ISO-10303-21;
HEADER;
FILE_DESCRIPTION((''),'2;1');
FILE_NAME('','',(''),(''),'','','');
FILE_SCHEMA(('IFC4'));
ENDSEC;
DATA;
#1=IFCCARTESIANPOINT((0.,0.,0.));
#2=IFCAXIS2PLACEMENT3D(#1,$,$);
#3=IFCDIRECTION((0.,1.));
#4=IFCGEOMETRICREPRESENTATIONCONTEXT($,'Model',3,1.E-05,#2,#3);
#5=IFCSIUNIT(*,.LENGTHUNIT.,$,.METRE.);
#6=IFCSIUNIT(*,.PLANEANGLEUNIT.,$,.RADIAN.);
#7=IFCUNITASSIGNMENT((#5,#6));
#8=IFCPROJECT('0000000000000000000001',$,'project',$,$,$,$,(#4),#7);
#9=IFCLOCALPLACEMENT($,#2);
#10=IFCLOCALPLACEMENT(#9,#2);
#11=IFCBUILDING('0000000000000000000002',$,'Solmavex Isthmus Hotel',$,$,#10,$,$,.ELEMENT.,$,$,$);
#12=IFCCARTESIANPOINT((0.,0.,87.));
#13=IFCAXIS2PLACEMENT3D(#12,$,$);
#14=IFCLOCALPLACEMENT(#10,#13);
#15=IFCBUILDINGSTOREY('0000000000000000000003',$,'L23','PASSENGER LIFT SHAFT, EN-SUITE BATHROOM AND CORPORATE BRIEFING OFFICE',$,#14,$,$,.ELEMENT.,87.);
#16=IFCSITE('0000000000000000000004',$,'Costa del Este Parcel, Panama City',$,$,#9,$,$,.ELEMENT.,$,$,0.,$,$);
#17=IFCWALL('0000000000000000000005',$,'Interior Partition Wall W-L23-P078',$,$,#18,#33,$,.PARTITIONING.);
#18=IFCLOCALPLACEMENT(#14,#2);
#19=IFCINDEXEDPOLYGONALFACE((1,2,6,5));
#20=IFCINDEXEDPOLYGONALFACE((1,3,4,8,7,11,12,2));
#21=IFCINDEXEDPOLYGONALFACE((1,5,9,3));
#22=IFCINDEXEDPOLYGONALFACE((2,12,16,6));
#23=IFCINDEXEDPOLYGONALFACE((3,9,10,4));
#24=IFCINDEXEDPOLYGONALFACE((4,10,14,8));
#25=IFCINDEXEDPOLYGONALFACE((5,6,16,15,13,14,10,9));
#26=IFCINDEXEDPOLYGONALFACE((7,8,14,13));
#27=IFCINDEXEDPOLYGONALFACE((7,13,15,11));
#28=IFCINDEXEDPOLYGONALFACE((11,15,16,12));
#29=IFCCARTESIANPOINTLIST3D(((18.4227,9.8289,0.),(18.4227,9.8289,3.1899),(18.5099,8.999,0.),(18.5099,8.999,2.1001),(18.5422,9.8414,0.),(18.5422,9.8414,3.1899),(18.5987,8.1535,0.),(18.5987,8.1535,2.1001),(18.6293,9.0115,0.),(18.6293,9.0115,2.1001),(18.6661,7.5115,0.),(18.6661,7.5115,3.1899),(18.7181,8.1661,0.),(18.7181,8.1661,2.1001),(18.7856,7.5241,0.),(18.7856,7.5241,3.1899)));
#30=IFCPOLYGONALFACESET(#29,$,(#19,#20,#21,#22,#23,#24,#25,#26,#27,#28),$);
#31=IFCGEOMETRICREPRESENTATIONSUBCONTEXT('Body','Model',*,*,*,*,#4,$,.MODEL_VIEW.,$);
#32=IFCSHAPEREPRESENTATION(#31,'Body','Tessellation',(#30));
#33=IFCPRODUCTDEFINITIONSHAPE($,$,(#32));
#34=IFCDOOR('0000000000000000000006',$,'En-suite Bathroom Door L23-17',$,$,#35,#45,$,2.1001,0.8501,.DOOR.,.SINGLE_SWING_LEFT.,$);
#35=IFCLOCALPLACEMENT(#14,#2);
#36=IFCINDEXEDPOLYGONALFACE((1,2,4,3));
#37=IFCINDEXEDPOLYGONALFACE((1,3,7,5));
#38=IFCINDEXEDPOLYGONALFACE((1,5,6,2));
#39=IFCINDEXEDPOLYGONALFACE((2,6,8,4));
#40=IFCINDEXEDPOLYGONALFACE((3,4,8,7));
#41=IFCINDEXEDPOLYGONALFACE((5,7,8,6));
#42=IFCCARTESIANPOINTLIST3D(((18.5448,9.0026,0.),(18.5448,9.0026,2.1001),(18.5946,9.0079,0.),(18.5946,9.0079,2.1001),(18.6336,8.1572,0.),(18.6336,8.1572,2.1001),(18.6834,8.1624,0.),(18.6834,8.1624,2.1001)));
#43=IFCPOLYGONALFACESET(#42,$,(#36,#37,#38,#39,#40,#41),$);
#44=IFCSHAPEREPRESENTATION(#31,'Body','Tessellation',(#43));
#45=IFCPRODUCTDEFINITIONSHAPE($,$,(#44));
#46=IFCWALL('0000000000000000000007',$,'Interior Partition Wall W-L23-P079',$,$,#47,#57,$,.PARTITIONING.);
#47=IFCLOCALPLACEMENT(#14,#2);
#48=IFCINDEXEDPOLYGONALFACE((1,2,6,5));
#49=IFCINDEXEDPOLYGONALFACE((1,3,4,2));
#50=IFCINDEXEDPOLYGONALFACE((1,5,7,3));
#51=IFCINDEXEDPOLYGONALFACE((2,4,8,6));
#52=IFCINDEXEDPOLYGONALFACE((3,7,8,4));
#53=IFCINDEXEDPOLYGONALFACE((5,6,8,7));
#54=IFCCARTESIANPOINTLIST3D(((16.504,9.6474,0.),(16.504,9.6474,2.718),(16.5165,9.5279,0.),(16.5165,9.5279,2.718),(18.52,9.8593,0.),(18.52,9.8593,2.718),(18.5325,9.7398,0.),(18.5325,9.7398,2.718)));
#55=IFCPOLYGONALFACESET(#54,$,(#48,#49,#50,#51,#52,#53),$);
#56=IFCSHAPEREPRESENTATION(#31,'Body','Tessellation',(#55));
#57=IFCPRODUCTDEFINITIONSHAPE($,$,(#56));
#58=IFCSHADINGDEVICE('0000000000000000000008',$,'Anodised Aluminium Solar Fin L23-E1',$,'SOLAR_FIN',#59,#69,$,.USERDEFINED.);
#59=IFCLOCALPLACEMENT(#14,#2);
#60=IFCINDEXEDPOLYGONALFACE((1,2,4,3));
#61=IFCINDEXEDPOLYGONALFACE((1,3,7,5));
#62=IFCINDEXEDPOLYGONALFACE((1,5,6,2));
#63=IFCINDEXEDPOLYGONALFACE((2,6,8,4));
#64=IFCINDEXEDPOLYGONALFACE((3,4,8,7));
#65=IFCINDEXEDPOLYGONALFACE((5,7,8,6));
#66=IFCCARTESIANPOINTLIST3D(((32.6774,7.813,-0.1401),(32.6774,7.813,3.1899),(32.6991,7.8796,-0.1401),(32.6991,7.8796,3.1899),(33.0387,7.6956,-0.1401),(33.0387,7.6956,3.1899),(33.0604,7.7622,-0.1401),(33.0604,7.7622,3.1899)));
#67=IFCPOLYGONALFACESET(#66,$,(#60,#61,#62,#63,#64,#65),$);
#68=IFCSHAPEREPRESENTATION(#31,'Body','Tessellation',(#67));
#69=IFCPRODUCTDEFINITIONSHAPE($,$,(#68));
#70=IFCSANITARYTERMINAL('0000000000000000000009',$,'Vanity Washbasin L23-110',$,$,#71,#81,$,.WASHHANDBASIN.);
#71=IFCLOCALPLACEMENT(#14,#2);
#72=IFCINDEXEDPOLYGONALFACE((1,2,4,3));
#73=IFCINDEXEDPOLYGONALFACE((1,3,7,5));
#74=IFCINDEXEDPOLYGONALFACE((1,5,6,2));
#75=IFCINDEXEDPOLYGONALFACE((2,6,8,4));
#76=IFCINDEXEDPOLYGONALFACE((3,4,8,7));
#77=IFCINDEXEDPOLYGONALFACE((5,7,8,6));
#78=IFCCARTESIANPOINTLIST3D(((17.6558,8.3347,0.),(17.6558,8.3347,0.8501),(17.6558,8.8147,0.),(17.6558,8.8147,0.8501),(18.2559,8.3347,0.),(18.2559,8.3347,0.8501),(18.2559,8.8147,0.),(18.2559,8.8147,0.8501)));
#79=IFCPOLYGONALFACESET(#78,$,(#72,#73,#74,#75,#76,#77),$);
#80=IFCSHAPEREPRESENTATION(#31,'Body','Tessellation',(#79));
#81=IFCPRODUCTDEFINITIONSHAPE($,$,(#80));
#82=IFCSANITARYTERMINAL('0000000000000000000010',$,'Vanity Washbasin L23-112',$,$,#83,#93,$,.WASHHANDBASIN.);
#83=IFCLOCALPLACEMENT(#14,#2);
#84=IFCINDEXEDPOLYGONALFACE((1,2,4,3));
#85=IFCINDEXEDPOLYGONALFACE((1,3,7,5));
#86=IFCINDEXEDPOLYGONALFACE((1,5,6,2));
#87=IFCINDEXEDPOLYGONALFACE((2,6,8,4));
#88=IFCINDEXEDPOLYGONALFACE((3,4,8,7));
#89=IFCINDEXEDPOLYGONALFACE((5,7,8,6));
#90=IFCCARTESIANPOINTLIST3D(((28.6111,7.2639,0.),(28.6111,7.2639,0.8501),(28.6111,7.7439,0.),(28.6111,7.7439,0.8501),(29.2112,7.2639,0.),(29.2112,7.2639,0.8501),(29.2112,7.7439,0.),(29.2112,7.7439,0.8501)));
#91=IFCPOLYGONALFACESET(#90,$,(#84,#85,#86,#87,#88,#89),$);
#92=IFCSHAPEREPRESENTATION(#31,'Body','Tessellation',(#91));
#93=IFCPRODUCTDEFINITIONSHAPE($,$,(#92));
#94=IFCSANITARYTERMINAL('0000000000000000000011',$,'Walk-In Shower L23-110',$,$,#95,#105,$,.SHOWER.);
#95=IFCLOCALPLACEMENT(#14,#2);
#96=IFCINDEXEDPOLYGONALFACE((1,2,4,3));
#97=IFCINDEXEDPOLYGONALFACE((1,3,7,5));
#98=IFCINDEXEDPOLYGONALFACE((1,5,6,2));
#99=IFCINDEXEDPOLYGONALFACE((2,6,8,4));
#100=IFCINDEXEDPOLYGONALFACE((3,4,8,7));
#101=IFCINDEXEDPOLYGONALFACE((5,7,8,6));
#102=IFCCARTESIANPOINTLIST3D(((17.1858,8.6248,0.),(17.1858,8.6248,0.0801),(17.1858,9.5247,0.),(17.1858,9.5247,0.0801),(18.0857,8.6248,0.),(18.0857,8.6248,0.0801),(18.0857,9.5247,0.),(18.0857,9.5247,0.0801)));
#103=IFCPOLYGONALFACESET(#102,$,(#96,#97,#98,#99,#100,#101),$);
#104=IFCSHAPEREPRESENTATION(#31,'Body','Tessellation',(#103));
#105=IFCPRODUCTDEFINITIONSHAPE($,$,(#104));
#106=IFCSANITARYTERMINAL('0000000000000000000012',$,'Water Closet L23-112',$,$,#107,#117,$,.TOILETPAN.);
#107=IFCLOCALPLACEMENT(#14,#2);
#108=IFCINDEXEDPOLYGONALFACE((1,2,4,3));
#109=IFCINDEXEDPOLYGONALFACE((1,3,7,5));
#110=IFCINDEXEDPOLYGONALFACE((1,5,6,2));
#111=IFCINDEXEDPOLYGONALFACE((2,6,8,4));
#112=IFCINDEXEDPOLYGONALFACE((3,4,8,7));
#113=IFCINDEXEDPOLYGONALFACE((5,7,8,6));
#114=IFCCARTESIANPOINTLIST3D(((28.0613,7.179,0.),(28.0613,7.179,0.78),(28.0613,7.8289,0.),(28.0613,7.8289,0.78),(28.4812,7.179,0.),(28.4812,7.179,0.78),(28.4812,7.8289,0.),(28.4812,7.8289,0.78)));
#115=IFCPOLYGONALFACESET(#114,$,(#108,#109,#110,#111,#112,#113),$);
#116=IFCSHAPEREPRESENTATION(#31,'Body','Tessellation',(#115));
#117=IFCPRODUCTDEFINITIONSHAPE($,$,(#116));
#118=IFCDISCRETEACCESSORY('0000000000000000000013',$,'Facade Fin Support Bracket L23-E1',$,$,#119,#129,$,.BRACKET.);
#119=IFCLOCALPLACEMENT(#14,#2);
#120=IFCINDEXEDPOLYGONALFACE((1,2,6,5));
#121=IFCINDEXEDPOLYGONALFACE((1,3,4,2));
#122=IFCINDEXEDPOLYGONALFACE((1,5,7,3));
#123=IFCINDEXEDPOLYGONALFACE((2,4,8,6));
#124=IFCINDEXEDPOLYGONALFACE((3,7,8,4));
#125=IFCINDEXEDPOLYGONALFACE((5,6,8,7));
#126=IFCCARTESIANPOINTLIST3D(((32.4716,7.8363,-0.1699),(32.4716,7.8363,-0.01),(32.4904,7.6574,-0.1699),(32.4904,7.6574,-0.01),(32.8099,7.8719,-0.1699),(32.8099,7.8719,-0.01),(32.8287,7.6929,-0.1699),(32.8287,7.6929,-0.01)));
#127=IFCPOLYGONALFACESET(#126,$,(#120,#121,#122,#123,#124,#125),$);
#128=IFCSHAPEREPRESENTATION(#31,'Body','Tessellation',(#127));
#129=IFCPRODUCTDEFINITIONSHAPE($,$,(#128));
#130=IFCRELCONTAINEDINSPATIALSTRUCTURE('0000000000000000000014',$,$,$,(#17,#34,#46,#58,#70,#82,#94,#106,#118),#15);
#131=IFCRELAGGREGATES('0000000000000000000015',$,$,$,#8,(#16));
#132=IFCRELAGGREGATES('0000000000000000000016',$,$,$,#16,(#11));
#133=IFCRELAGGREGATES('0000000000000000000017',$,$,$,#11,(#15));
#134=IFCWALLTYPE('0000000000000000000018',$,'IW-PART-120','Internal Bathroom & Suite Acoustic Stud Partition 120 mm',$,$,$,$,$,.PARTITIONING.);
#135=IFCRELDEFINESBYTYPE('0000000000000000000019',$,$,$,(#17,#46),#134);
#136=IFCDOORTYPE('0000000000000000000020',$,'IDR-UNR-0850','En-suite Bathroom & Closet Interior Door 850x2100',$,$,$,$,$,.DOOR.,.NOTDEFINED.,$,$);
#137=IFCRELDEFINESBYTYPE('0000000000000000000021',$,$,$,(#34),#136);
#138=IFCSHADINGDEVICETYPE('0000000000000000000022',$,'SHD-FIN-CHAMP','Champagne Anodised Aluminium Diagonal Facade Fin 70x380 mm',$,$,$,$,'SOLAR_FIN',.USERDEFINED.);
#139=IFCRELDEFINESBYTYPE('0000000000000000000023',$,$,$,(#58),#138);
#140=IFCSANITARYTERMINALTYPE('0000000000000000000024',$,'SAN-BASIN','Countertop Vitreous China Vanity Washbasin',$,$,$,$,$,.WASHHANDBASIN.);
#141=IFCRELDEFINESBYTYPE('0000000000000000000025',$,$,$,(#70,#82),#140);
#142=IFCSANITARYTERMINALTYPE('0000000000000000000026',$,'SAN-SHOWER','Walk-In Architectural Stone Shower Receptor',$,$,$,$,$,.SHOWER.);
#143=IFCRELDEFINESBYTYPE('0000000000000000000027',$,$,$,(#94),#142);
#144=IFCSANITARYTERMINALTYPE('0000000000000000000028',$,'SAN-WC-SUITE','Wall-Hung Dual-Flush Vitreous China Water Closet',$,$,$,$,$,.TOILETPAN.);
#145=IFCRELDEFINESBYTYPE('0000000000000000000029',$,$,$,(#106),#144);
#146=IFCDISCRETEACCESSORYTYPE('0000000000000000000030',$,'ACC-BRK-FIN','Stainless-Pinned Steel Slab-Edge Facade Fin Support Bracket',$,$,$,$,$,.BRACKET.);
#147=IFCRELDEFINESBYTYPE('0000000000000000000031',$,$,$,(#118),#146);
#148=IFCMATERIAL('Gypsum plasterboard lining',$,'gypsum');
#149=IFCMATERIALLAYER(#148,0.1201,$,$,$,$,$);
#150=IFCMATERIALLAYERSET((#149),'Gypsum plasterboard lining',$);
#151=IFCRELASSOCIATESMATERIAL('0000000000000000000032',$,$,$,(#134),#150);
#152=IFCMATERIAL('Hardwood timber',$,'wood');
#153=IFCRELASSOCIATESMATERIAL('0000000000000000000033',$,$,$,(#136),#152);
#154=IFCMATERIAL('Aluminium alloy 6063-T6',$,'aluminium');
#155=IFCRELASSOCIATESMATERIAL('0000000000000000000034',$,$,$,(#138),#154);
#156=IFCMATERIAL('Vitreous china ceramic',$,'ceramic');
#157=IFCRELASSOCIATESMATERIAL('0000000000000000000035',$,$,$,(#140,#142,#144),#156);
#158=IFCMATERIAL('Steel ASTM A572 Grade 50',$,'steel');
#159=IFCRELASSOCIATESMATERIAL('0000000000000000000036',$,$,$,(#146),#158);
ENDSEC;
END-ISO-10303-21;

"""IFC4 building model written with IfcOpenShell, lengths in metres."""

from ifc_helpers import new_model, si_unit, direction, frame, frame_2d, origin, origin_2d, place, context, subcontext, project, spatial, rectangle, extrude, material, layer, layer_set, type_object, element, fill, save


model = new_model("IFC4")

# Units and contexts
model_context = context("Model", 3, precision=1e-05, world=origin(), true_north=direction((0.0, 1.0)))
body_context = subcontext(model_context, "Body", "Model", "MODEL_VIEW")
ifc_project = project(units=[si_unit("LENGTHUNIT", "METRE"), si_unit("PLANEANGLEUNIT", "RADIAN")], contexts=[model_context])

# Site, building, storey
site_placement = place(None, origin())
site = spatial("IfcSite", under=ifc_project, at=site_placement, Name="Costa del Este Parcel, Panama City", CompositionType="ELEMENT", RefElevation=0.0)
building_placement = place(site_placement, origin())
building = spatial("IfcBuilding", under=site, at=building_placement, Name="Solmavex Isthmus Hotel", CompositionType="ELEMENT")
storey_placement = place(building_placement, frame((0.0, 0.0, 87.0)))
storey = spatial("IfcBuildingStorey", under=building, at=storey_placement, Name="L23", Description="PASSENGER LIFT SHAFT, EN-SUITE BATHROOM AND CORPORATE BRIEFING OFFICE", CompositionType="ELEMENT", Elevation=87.0)

# Shared definitions
ifc_material_1 = material(Name="Aluminium alloy 6063-T6", Category="aluminium")

# Shared definitions
ifc_material_2 = material(Name="Gypsum plasterboard lining", Category="gypsum")

# Wall, opening, door
ifc_material_3 = material(Name="Hardwood timber", Category="wood")
ifc_layer_1 = layer(ifc_material_2, 0.1201)
ifc_layer_set_1 = layer_set([ifc_layer_1], Name="Gypsum plasterboard lining")
wall_type_1 = type_object("IfcWallType", Name="IW-PART-120", Description="Internal Bathroom & Suite Acoustic Stud Partition 120 mm", PredefinedType="PARTITIONING", material=ifc_layer_set_1)
wall_1_placement = place(storey_placement, frame((18.7258, 7.5178, 0.0), z_axis=(0.0, 0.0, 1.0), x_axis=(-0.104461, 0.994529, 0.0)))
wall_1 = element("IfcWall", 1, at=wall_1_placement, inside=storey, type_object=wall_type_1, Name="Interior Partition Wall W-L23-P078", PredefinedType="PARTITIONING", context=body_context, shape_type="SweptSolid", body=[
    extrude(rectangle(XDim=2.3301, YDim=0.1201, at=frame_2d((1.165, 0.0))), origin(), (0.0, 0.0, 1.0), 3.1899),
])
opening_1_placement = place(wall_1_placement, frame((0.6455, 0.0, 0.0)))
opening_1 = element("IfcOpeningElement", 2, at=opening_1_placement, cuts=wall_1, PredefinedType="OPENING", context=body_context, shape_type="SweptSolid", body=[
    extrude(rectangle(XDim=0.8501, YDim=2.1001, at=frame_2d((0.425, 1.05))), frame((0.0, 0.0701, 0.0), z_axis=(0.0, -1.0, 0.0), x_axis=(1.0, 0.0, 0.0)), (0.0, 0.0, 1.0), 0.1401),
])
door_type_1 = type_object("IfcDoorType", Name="IDR-UNR-0850", Description="En-suite Bathroom & Closet Interior Door 850x2100", OperationType="NOTDEFINED", PredefinedType="DOOR", material=ifc_material_3)
door_1_placement = place(opening_1_placement, origin())
door_1 = element("IfcDoor", 3, at=door_1_placement, inside=storey, type_object=door_type_1, Name="En-suite Bathroom Door L23-17", OperationType="SINGLE_SWING_LEFT", OverallHeight=2.1001, OverallWidth=0.8501, PredefinedType="DOOR", context=body_context, shape_type="SweptSolid", body=[
    extrude(rectangle(XDim=0.8501, YDim=2.1001, at=frame_2d((0.425, 1.05))), frame((0.0, 0.0249, 0.0), z_axis=(0.0, -1.0, 0.0), x_axis=(1.0, 0.0, 0.0)), (0.0, 0.0, 1.0), 0.05),
])
fill(opening_1, door_1)

# Wall
wall_2_placement = place(storey_placement, frame((18.5264, 9.7996, 0.0), z_axis=(0.0, 0.0, 1.0), x_axis=(-0.994521, -0.104534, 0.0)))
element("IfcWall", 4, at=wall_2_placement, inside=storey, type_object=wall_type_1, Name="Interior Partition Wall W-L23-P079", PredefinedType="PARTITIONING", context=body_context, shape_type="SweptSolid", body=[
    extrude(rectangle(XDim=2.0271, YDim=0.1201, at=frame_2d((1.0137, 0.0))), origin(), (0.0, 0.0, 1.0), 2.718),
])

# Shading device
shading_device_type = type_object("IfcShadingDeviceType", Name="SHD-FIN-CHAMP", Description="Champagne Anodised Aluminium Diagonal Facade Fin 70x380 mm", ElementType="SOLAR_FIN", PredefinedType="USERDEFINED", material=ifc_material_1)
shading_device_placement = place(storey_placement, frame((32.8689, 7.7876, -0.1401), z_axis=(0.0, 0.0, 1.0), x_axis=(0.951057, -0.309017, 0.0)))
element("IfcShadingDevice", 5, at=shading_device_placement, inside=storey, type_object=shading_device_type, Name="Anodised Aluminium Solar Fin L23-E1", ObjectType="SOLAR_FIN", PredefinedType="USERDEFINED", context=body_context, shape_type="SweptSolid", body=[
    extrude(rectangle(XDim=0.3799, YDim=0.0701, at=origin_2d()), origin(), (0.0, 0.0, 1.0), 3.3301),
])

# Sanitary terminals
ifc_material_4 = material(Name="Vitreous china ceramic", Category="ceramic")
sanitary_terminal_type_1 = type_object("IfcSanitaryTerminalType", Name="SAN-BASIN", Description="Countertop Vitreous China Vanity Washbasin", PredefinedType="WASHHANDBASIN", material=ifc_material_4)
for number, where, z_axis, x_axis, name in (
    (6, (17.9558, 8.5747, 0.0), (0.0, 0.0, 1.0), (1.0, 0.0, 0.0), "Vanity Washbasin L23-110"),
    (7, (28.9111, 7.5039, 0.0), (0.0, 0.0, 1.0), (1.0, 0.0, 0.0), "Vanity Washbasin L23-112"),
):
    element("IfcSanitaryTerminal", number, at=place(storey_placement, frame(where, z_axis=z_axis, x_axis=x_axis)), inside=storey, type_object=sanitary_terminal_type_1, Name=name, PredefinedType="WASHHANDBASIN", context=body_context, shape_type="SweptSolid", body=[
        extrude(rectangle(XDim=0.6001, YDim=0.48, at=origin_2d()), origin(), (0.0, 0.0, 1.0), 0.8501),
    ])
sanitary_terminal_type_2 = type_object("IfcSanitaryTerminalType", Name="SAN-SHOWER", Description="Walk-In Architectural Stone Shower Receptor", PredefinedType="SHOWER", material=ifc_material_4)
sanitary_terminal_1_placement = place(storey_placement, frame((17.6357, 9.0747, 0.0), z_axis=(0.0, 0.0, 1.0), x_axis=(1.0, 0.0, 0.0)))
element("IfcSanitaryTerminal", 8, at=sanitary_terminal_1_placement, inside=storey, type_object=sanitary_terminal_type_2, Name="Walk-In Shower L23-110", PredefinedType="SHOWER", context=body_context, shape_type="SweptSolid", body=[
    extrude(rectangle(XDim=0.8999, YDim=0.8999, at=origin_2d()), origin(), (0.0, 0.0, 1.0), 0.0801),
])
sanitary_terminal_type_3 = type_object("IfcSanitaryTerminalType", Name="SAN-WC-SUITE", Description="Wall-Hung Dual-Flush Vitreous China Water Closet", PredefinedType="TOILETPAN", material=ifc_material_4)
sanitary_terminal_2_placement = place(storey_placement, frame((28.2712, 7.5039, 0.0), z_axis=(0.0, 0.0, 1.0), x_axis=(1.0, 0.0, 0.0)))
element("IfcSanitaryTerminal", 9, at=sanitary_terminal_2_placement, inside=storey, type_object=sanitary_terminal_type_3, Name="Water Closet L23-112", PredefinedType="TOILETPAN", context=body_context, shape_type="SweptSolid", body=[
    extrude(rectangle(XDim=0.4199, YDim=0.6499, at=origin_2d()), origin(), (0.0, 0.0, 1.0), 0.78),
])

# Discrete accessory
ifc_material_5 = material(Name="Steel ASTM A572 Grade 50", Category="steel")
discrete_accessory_type = type_object("IfcDiscreteAccessoryType", Name="ACC-BRK-FIN", Description="Stainless-Pinned Steel Slab-Edge Facade Fin Support Bracket", PredefinedType="BRACKET", material=ifc_material_5)
discrete_accessory_placement = place(storey_placement, frame((32.6501, 7.7646, -0.1699), z_axis=(0.0, 0.0, 1.0), x_axis=(0.994522, 0.104528, 0.0)))
element("IfcDiscreteAccessory", 10, at=discrete_accessory_placement, inside=storey, type_object=discrete_accessory_type, Name="Facade Fin Support Bracket L23-E1", PredefinedType="BRACKET", context=body_context, shape_type="SweptSolid", body=[
    extrude(rectangle(XDim=0.3401, YDim=0.1799, at=origin_2d()), origin(), (0.0, 0.0, 1.0), 0.1599),
])

save(model, "model.ifc")
